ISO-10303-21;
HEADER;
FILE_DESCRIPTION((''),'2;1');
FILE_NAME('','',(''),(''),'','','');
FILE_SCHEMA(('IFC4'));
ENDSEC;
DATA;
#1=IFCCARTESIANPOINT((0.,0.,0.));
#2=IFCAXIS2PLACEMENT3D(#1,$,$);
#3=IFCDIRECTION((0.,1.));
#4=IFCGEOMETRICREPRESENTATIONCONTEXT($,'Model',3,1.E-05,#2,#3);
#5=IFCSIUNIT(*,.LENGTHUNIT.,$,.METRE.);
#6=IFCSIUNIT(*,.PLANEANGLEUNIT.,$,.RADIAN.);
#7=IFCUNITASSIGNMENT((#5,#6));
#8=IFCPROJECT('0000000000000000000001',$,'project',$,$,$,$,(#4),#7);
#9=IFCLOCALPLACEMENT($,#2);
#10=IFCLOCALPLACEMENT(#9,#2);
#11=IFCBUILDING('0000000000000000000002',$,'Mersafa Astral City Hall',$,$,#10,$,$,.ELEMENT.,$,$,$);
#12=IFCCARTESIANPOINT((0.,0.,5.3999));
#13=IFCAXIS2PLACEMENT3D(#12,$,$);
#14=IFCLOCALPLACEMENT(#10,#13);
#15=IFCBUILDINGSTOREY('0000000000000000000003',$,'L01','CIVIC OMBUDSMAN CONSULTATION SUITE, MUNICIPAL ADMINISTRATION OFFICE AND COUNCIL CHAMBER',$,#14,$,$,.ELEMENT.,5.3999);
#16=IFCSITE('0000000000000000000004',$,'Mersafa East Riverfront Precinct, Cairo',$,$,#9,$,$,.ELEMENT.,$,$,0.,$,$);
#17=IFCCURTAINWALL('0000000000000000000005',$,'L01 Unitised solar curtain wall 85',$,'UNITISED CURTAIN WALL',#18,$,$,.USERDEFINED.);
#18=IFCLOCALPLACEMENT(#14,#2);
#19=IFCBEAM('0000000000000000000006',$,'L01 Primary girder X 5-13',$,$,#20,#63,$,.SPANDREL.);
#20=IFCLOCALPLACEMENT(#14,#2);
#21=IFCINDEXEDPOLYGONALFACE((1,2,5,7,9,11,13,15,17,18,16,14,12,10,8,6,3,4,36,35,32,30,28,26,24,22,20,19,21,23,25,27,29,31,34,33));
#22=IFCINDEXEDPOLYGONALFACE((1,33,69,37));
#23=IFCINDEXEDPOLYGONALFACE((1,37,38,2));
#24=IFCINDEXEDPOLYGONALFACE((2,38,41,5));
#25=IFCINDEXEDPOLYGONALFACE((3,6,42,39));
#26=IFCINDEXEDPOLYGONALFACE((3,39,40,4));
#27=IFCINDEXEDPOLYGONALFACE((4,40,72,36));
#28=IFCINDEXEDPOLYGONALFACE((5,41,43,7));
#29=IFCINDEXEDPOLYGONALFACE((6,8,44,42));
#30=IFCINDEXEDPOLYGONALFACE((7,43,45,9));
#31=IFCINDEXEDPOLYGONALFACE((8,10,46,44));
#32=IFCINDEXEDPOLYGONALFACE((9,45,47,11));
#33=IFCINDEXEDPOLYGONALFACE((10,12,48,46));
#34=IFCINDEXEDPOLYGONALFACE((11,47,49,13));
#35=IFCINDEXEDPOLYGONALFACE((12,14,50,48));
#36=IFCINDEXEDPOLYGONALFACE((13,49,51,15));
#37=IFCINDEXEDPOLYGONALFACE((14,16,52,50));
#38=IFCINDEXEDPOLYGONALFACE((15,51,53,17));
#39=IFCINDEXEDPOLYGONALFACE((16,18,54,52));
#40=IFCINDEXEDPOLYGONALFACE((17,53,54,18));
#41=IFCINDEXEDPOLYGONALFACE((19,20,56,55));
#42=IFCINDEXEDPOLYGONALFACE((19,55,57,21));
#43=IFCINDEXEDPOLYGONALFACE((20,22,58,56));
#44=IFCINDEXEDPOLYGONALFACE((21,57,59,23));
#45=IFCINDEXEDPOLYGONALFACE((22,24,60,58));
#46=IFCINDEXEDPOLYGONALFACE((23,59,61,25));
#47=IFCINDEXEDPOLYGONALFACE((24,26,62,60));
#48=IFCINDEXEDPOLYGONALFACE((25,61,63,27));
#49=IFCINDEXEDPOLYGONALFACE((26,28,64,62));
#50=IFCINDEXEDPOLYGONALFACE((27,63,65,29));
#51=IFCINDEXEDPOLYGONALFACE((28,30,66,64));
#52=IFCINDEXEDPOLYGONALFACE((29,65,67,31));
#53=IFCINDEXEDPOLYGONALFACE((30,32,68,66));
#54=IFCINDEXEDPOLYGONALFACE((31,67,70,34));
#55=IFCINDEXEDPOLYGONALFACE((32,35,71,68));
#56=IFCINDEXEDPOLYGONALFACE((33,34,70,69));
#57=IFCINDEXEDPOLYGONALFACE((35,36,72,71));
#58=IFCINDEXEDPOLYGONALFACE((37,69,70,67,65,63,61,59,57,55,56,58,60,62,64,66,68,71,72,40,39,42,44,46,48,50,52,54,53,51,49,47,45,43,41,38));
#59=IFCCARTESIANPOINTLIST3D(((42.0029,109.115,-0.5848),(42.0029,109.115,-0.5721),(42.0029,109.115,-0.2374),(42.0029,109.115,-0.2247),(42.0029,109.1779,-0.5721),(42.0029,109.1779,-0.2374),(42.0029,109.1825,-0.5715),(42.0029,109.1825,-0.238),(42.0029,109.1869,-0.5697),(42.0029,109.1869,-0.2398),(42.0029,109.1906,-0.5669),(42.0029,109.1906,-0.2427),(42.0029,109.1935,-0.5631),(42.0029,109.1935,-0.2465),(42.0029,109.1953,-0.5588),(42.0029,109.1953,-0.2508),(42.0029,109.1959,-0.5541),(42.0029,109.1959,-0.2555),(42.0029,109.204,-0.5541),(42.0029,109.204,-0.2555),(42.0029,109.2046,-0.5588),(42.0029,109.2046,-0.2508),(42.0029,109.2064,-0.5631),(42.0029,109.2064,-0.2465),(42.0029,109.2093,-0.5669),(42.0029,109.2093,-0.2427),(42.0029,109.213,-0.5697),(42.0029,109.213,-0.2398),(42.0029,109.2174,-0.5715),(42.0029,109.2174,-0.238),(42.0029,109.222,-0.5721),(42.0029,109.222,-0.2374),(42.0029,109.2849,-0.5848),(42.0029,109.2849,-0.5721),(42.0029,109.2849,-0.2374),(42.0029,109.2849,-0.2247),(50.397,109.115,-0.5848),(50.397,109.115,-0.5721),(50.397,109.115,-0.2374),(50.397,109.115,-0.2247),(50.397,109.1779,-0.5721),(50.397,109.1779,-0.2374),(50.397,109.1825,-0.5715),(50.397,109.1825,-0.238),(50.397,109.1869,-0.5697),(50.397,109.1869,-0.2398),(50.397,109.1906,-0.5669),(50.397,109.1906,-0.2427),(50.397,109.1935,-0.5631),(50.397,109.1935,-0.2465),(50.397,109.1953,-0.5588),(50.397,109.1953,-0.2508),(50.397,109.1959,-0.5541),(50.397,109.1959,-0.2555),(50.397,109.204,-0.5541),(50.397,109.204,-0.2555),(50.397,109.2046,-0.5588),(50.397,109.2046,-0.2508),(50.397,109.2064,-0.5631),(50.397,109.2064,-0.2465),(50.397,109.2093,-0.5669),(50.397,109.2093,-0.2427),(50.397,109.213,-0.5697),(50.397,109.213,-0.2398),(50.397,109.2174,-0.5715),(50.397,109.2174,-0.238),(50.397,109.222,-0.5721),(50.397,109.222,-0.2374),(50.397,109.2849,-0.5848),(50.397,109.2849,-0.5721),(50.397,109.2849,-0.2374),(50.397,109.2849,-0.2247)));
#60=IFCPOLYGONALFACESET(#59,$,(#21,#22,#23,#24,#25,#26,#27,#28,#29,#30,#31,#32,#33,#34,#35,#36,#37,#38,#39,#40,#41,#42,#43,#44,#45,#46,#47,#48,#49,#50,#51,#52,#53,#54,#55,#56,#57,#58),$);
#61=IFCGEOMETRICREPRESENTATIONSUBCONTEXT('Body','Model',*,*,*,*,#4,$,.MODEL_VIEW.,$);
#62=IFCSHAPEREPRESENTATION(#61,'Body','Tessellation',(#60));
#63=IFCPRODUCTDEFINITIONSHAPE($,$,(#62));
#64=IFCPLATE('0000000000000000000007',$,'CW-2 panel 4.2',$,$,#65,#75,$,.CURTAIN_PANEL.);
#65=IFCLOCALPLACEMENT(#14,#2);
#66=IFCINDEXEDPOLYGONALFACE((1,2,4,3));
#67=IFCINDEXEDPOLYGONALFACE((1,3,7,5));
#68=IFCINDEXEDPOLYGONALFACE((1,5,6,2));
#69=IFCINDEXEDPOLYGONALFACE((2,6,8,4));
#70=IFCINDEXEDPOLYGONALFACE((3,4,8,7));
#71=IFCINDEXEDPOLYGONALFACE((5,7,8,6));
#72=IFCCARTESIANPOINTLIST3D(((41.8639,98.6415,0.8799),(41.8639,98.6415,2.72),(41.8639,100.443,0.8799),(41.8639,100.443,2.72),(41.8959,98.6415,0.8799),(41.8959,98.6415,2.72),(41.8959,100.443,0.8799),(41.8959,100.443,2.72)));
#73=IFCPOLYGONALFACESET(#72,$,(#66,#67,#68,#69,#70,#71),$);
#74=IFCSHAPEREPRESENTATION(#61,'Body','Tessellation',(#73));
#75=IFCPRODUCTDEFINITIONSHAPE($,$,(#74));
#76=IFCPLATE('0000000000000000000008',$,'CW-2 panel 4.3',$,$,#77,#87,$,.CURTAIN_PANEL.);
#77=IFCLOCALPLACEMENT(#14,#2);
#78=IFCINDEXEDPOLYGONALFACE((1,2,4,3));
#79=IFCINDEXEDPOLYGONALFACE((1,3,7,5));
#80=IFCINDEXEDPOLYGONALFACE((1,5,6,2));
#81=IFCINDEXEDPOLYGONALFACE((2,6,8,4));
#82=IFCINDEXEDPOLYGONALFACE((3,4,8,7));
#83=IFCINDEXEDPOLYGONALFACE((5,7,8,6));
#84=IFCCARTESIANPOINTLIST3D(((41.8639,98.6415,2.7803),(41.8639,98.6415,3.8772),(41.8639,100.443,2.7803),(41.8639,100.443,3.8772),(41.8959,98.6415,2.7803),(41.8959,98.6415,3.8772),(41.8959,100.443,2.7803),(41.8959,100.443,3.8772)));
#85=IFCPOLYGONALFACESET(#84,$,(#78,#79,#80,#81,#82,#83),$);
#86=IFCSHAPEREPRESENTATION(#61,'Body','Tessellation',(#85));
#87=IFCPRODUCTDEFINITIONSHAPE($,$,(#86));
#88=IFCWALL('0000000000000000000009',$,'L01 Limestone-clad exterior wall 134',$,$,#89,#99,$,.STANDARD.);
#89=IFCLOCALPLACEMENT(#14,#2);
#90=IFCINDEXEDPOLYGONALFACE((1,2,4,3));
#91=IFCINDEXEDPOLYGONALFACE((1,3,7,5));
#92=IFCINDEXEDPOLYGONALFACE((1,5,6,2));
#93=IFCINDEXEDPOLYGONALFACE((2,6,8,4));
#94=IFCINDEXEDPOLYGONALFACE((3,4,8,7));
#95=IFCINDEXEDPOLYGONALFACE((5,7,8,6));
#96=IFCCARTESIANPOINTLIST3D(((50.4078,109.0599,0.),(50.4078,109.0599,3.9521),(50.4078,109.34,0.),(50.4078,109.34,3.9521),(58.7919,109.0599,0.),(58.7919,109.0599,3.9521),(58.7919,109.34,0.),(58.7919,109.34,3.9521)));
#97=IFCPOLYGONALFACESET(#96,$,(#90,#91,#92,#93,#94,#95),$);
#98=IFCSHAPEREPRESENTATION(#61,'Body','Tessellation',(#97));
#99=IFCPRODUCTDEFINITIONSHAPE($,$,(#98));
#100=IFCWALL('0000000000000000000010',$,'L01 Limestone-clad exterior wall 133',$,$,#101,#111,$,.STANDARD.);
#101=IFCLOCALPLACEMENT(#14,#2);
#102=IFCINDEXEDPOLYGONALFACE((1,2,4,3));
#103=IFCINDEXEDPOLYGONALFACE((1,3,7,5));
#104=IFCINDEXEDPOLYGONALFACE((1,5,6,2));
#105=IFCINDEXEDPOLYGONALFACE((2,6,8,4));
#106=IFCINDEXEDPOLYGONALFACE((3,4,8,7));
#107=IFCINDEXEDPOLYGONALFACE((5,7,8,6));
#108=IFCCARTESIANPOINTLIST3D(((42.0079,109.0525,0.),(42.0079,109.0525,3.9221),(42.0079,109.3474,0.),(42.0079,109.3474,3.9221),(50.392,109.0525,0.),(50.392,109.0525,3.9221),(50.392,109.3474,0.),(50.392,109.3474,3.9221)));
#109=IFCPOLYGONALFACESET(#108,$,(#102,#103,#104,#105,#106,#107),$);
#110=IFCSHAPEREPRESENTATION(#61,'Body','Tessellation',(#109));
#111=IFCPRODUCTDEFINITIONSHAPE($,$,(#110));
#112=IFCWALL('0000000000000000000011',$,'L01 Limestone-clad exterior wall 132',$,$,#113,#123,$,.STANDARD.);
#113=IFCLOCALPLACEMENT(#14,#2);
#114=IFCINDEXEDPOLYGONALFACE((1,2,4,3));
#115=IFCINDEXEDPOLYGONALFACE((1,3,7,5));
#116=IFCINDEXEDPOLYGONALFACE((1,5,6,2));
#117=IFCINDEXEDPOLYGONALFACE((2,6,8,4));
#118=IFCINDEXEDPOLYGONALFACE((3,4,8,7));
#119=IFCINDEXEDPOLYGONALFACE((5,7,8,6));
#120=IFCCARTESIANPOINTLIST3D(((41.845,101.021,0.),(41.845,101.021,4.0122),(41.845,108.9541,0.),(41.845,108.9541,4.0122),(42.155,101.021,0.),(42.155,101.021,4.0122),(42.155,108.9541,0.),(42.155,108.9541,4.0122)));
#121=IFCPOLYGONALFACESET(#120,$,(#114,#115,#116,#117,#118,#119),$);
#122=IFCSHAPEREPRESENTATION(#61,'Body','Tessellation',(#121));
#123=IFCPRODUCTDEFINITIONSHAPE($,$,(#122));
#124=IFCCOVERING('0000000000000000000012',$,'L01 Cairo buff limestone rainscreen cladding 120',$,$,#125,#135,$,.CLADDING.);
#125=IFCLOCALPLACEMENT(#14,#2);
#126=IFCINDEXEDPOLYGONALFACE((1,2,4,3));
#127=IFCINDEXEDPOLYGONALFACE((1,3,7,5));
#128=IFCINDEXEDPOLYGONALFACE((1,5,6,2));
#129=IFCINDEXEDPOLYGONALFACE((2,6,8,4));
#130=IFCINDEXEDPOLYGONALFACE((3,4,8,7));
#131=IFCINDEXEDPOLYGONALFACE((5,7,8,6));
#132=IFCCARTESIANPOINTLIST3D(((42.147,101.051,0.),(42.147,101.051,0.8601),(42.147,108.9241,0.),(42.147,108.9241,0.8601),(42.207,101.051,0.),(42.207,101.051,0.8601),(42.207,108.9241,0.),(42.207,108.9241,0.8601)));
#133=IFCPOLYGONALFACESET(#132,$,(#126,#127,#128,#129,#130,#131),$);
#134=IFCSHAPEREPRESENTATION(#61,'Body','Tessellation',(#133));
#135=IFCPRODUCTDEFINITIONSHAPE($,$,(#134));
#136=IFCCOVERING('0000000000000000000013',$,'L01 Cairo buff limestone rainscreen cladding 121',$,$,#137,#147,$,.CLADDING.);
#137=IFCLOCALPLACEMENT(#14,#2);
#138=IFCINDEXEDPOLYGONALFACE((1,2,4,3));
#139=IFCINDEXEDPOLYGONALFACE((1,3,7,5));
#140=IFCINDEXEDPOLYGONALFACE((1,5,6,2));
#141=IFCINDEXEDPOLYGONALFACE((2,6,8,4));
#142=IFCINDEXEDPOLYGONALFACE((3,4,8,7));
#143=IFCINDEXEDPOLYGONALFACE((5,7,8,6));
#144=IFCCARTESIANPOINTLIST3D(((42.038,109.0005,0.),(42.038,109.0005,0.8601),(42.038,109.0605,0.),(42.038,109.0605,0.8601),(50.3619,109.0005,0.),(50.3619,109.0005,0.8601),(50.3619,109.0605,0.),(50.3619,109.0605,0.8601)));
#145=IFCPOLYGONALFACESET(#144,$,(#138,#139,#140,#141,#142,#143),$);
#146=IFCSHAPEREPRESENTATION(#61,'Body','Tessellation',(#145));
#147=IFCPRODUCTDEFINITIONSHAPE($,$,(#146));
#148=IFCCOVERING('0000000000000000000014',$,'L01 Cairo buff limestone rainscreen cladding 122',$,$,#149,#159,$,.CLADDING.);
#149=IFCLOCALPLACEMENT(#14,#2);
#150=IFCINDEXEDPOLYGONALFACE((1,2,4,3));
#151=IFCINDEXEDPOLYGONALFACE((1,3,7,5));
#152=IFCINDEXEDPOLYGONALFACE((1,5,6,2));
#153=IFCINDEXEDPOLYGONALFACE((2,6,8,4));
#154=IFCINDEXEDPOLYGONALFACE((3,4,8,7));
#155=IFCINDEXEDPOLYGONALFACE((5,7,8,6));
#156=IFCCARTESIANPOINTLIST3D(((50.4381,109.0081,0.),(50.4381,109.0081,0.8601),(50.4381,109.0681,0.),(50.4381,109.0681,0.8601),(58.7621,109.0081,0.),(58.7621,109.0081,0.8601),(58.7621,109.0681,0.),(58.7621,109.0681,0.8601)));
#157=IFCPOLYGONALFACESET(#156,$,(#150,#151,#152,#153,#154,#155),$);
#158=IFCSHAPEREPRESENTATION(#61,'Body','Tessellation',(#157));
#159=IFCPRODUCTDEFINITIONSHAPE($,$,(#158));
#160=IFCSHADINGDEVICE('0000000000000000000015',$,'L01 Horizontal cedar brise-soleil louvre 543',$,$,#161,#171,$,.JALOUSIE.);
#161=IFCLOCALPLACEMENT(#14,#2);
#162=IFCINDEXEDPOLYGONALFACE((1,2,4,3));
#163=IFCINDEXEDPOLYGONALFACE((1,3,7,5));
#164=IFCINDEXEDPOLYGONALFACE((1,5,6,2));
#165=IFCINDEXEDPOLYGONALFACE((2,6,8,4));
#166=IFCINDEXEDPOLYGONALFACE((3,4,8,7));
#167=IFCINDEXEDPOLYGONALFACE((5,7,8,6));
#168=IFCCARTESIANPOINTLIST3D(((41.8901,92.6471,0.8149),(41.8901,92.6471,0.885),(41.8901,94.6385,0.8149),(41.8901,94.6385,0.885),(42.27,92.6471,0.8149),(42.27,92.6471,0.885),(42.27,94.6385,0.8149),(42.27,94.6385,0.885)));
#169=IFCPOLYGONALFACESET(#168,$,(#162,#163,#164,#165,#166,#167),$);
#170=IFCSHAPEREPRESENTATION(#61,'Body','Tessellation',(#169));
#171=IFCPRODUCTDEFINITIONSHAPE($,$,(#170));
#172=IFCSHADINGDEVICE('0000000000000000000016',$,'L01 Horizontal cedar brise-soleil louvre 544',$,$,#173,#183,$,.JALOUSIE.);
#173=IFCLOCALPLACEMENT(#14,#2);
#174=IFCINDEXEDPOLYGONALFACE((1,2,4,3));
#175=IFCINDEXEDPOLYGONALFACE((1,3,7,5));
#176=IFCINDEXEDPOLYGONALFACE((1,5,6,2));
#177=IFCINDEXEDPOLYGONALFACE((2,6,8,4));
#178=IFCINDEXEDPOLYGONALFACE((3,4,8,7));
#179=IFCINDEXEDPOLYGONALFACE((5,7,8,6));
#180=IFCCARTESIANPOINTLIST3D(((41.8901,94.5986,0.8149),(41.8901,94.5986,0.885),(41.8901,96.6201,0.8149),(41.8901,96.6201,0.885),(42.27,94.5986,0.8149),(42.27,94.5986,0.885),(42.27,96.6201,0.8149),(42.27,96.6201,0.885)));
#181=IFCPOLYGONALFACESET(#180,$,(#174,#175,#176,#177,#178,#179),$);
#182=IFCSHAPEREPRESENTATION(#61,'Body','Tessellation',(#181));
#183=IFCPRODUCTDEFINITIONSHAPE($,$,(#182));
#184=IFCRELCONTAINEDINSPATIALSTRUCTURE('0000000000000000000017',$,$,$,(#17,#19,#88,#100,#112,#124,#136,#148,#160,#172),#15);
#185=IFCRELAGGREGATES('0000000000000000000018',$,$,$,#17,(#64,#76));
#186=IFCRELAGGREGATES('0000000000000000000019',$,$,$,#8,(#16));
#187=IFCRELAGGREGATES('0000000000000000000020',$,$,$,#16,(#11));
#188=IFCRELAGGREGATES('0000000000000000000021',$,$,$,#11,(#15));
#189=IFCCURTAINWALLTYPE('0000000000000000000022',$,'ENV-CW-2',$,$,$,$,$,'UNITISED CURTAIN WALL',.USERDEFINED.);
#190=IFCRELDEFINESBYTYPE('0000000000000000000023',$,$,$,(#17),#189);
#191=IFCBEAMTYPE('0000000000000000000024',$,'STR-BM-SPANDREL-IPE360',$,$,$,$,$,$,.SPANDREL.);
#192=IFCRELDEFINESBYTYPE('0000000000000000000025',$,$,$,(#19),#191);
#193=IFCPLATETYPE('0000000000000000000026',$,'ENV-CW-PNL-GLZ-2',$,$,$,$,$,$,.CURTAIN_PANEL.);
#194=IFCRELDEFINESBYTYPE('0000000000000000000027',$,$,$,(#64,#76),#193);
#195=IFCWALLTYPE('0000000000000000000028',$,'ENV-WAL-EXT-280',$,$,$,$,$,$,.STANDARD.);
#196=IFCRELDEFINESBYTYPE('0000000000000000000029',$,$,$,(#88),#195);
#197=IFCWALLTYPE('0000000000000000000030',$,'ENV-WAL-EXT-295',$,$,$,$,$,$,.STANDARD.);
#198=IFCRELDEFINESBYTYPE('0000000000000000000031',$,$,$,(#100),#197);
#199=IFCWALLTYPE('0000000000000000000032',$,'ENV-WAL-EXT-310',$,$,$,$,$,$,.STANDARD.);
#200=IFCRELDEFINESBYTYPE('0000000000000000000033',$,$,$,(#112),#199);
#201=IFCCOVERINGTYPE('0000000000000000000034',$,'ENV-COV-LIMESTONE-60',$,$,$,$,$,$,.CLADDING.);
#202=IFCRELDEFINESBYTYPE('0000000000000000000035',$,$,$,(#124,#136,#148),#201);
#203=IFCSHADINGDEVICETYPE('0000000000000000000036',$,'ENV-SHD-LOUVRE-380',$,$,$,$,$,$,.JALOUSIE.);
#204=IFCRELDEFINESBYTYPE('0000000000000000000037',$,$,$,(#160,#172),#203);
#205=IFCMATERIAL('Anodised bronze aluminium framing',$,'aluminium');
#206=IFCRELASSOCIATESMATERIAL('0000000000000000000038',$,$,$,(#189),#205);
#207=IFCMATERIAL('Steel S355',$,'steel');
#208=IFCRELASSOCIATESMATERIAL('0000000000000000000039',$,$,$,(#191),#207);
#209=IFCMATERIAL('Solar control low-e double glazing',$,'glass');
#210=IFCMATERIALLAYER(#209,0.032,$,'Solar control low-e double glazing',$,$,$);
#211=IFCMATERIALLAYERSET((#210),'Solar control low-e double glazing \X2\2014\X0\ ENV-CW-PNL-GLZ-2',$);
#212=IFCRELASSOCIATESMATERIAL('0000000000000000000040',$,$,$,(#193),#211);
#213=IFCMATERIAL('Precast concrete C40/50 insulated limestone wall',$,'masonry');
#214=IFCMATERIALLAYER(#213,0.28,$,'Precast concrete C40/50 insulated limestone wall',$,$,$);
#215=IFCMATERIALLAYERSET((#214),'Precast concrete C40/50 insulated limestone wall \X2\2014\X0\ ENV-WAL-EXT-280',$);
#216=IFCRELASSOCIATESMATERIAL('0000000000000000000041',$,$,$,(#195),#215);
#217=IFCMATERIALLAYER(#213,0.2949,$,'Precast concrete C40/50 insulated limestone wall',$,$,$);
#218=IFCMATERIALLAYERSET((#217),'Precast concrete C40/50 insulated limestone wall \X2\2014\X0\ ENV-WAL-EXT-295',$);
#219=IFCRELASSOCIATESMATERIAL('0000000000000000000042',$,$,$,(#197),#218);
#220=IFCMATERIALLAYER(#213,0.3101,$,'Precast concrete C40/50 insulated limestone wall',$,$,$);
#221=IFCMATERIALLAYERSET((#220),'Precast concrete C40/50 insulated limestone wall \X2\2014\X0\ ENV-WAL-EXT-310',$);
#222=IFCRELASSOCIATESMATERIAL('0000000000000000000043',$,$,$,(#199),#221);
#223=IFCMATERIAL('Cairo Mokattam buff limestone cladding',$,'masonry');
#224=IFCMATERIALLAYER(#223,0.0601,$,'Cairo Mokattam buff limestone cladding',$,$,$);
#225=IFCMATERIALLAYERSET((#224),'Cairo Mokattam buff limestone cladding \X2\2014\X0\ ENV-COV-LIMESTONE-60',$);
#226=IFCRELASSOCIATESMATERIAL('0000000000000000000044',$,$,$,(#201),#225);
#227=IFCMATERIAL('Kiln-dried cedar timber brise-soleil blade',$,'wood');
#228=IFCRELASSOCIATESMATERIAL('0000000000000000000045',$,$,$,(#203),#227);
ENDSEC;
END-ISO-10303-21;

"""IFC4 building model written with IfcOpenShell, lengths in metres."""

from ifc_helpers import new_model, si_unit, direction, frame, frame_2d, origin, origin_2d, place, context, subcontext, project, spatial, rectangle, i_section, extrude, material, layer, layer_set, material_profile, profile_set, type_object, element, aggregate, save


model = new_model("IFC4")

# Units and contexts
model_context = context("Model", 3, precision=1e-05, world=origin(), true_north=direction((0.0, 1.0)))
body_context = subcontext(model_context, "Body", "Model", "MODEL_VIEW")
ifc_project = project(units=[si_unit("LENGTHUNIT", "METRE"), si_unit("PLANEANGLEUNIT", "RADIAN")], contexts=[model_context])

# Site, building, storey
site_placement = place(None, origin())
site = spatial("IfcSite", under=ifc_project, at=site_placement, Name="Mersafa East Riverfront Precinct, Cairo", CompositionType="ELEMENT", RefElevation=0.0)
building_placement = place(site_placement, origin())
building = spatial("IfcBuilding", under=site, at=building_placement, Name="Mersafa Astral City Hall", CompositionType="ELEMENT")
storey_placement = place(building_placement, frame((0.0, 0.0, 5.3999)))
storey = spatial("IfcBuildingStorey", under=building, at=storey_placement, Name="L01", Description="CIVIC OMBUDSMAN CONSULTATION SUITE, MUNICIPAL ADMINISTRATION OFFICE AND COUNCIL CHAMBER", CompositionType="ELEMENT", Elevation=5.3999)

# Shared definitions
ifc_material_1 = material(Name="Steel S355", Category="steel")

# Curtain wall
ifc_material_2 = material(Name="Anodised bronze aluminium framing", Category="aluminium")
curtain_wall_type_1 = type_object("IfcCurtainWallType", Name="ENV-CW-2", ElementType="UNITISED CURTAIN WALL", PredefinedType="USERDEFINED", material=ifc_material_2)
curtain_wall_1_placement = place(storey_placement, origin())
curtain_wall_1 = element("IfcCurtainWall", 1, at=curtain_wall_1_placement, inside=storey, type_object=curtain_wall_type_1, Name="L01 Unitised solar curtain wall 85", ObjectType="UNITISED CURTAIN WALL", PredefinedType="USERDEFINED")

# Beam
ifc_material_profile_1 = material_profile(ifc_material_1, i_section(OverallWidth=0.1699, OverallDepth=0.3601, WebThickness=0.0081, FlangeThickness=0.0127, FilletRadius=0.0181, at=origin_2d()), Name="IPE 360")
ifc_profile_set_1 = profile_set([ifc_material_profile_1], Name="Steel S355")
beam_type_1 = type_object("IfcBeamType", Name="STR-BM-SPANDREL-IPE360", PredefinedType="SPANDREL", material=ifc_profile_set_1)
beam_1_placement = place(storey_placement, frame((42.0029, 109.2, -0.4048), z_axis=(1.0, 0.0, 0.0), x_axis=(0.0, 1.0, 0.0)))
element("IfcBeam", 2, at=beam_1_placement, inside=storey, type_object=beam_type_1, Name="L01 Primary girder X 5-13", PredefinedType="SPANDREL", context=body_context, shape_type="SweptSolid", body=[
    extrude(i_section(OverallWidth=0.1699, OverallDepth=0.3601, WebThickness=0.0081, FlangeThickness=0.0127, FilletRadius=0.0181, at=origin_2d()), origin(), (0.0, 0.0, 1.0), 8.394),
])

# Plates
ifc_material_3 = material(Name="Solar control low-e double glazing", Category="glass")
ifc_layer_1 = layer(ifc_material_3, 0.032, Name="Solar control low-e double glazing")
ifc_layer_set_1 = layer_set([ifc_layer_1], Name="Solar control low-e double glazing — ENV-CW-PNL-GLZ-2")
plate_type = type_object("IfcPlateType", Name="ENV-CW-PNL-GLZ-2", PredefinedType="CURTAIN_PANEL", material=ifc_layer_set_1)
plate_1_placement = place(storey_placement, frame((41.8799, 99.5422, 0.8799), z_axis=(0.0, 0.0, 1.0), x_axis=(0.0, 1.0, 0.0)))
plate_1 = element("IfcPlate", 3, at=plate_1_placement, type_object=plate_type, Name="CW-2 panel 4.2", PredefinedType="CURTAIN_PANEL", context=body_context, shape_type="SweptSolid", body=[
    extrude(rectangle(XDim=1.8015, YDim=0.032, at=origin_2d()), origin(), (0.0, 0.0, 1.0), 1.8401),
])
plate_2_placement = place(storey_placement, frame((41.8799, 99.5422, 2.7803), z_axis=(0.0, 0.0, 1.0), x_axis=(0.0, 1.0, 0.0)))
plate_2 = element("IfcPlate", 4, at=plate_2_placement, type_object=plate_type, Name="CW-2 panel 4.3", PredefinedType="CURTAIN_PANEL", context=body_context, shape_type="SweptSolid", body=[
    extrude(rectangle(XDim=1.8015, YDim=0.032, at=origin_2d()), origin(), (0.0, 0.0, 1.0), 1.0969),
])
aggregate(curtain_wall_1, [plate_1, plate_2])

# Walls
ifc_material_4 = material(Name="Precast concrete C40/50 insulated limestone wall", Category="masonry")
ifc_layer_2 = layer(ifc_material_4, 0.28, Name="Precast concrete C40/50 insulated limestone wall")
ifc_layer_set_2 = layer_set([ifc_layer_2], Name="Precast concrete C40/50 insulated limestone wall — ENV-WAL-EXT-280")
wall_type_1 = type_object("IfcWallType", Name="ENV-WAL-EXT-280", PredefinedType="STANDARD", material=ifc_layer_set_2)
wall_1_placement = place(storey_placement, frame((50.408, 109.2, 0.0), z_axis=(0.0, 0.0, 1.0), x_axis=(1.0, 0.0, 0.0)))
element("IfcWall", 5, at=wall_1_placement, inside=storey, type_object=wall_type_1, Name="L01 Limestone-clad exterior wall 134", PredefinedType="STANDARD", context=body_context, shape_type="SweptSolid", body=[
    extrude(rectangle(XDim=8.384, YDim=0.28, at=frame_2d((4.1919, 0.0))), origin(), (0.0, 0.0, 1.0), 3.9521),
])
ifc_layer_3 = layer(ifc_material_4, 0.2949, Name="Precast concrete C40/50 insulated limestone wall")
ifc_layer_set_3 = layer_set([ifc_layer_3], Name="Precast concrete C40/50 insulated limestone wall — ENV-WAL-EXT-295")
wall_type_2 = type_object("IfcWallType", Name="ENV-WAL-EXT-295", PredefinedType="STANDARD", material=ifc_layer_set_3)
wall_2_placement = place(storey_placement, frame((42.0081, 109.2, 0.0), z_axis=(0.0, 0.0, 1.0), x_axis=(1.0, 0.0, 0.0)))
element("IfcWall", 6, at=wall_2_placement, inside=storey, type_object=wall_type_2, Name="L01 Limestone-clad exterior wall 133", PredefinedType="STANDARD", context=body_context, shape_type="SweptSolid", body=[
    extrude(rectangle(XDim=8.384, YDim=0.2949, at=frame_2d((4.1919, 0.0))), origin(), (0.0, 0.0, 1.0), 3.9221),
])
ifc_layer_4 = layer(ifc_material_4, 0.3101, Name="Precast concrete C40/50 insulated limestone wall")
ifc_layer_set_4 = layer_set([ifc_layer_4], Name="Precast concrete C40/50 insulated limestone wall — ENV-WAL-EXT-310")
wall_type_3 = type_object("IfcWallType", Name="ENV-WAL-EXT-310", PredefinedType="STANDARD", material=ifc_layer_set_4)
wall_3_placement = place(storey_placement, frame((42.0, 101.021, 0.0), z_axis=(0.0, 0.0, 1.0), x_axis=(0.0, 1.0, 0.0)))
element("IfcWall", 7, at=wall_3_placement, inside=storey, type_object=wall_type_3, Name="L01 Limestone-clad exterior wall 132", PredefinedType="STANDARD", context=body_context, shape_type="SweptSolid", body=[
    extrude(rectangle(XDim=7.9331, YDim=0.3101, at=frame_2d((3.9666, 0.0))), origin(), (0.0, 0.0, 1.0), 4.0122),
])

# Coverings
ifc_material_5 = material(Name="Cairo Mokattam buff limestone cladding", Category="masonry")
ifc_layer_5 = layer(ifc_material_5, 0.0601, Name="Cairo Mokattam buff limestone cladding")
ifc_layer_set_5 = layer_set([ifc_layer_5], Name="Cairo Mokattam buff limestone cladding — ENV-COV-LIMESTONE-60")
covering_type = type_object("IfcCoveringType", Name="ENV-COV-LIMESTONE-60", PredefinedType="CLADDING", material=ifc_layer_set_5)
covering_placement = place(storey_placement, frame((42.177, 104.9875, 0.0), z_axis=(0.0, 0.0, 1.0), x_axis=(0.0, 1.0, 0.0)))
element("IfcCovering", 8, at=covering_placement, inside=storey, type_object=covering_type, Name="L01 Cairo buff limestone rainscreen cladding 120", PredefinedType="CLADDING", context=body_context, shape_type="SweptSolid", body=[
    extrude(rectangle(XDim=7.873, YDim=0.0601, at=origin_2d()), origin(), (0.0, 0.0, 1.0), 0.8601),
])
for number, where, z_axis, x_axis, name in (
    (9, (46.2, 109.0305, 0.0), (0.0, 0.0, 1.0), (1.0, 0.0, 0.0), "L01 Cairo buff limestone rainscreen cladding 121"),
    (10, (54.6001, 109.0381, 0.0), (0.0, 0.0, 1.0), (1.0, 0.0, 0.0), "L01 Cairo buff limestone rainscreen cladding 122"),
):
    element("IfcCovering", number, at=place(storey_placement, frame(where, z_axis=z_axis, x_axis=x_axis)), inside=storey, type_object=covering_type, Name=name, PredefinedType="CLADDING", context=body_context, shape_type="SweptSolid", body=[
        extrude(rectangle(XDim=8.324, YDim=0.0601, at=origin_2d()), origin(), (0.0, 0.0, 1.0), 0.8601),
    ])

# Shading devices
ifc_material_6 = material(Name="Kiln-dried cedar timber brise-soleil blade", Category="wood")
shading_device_type = type_object("IfcShadingDeviceType", Name="ENV-SHD-LOUVRE-380", PredefinedType="JALOUSIE", material=ifc_material_6)
shading_device_1_placement = place(storey_placement, frame((42.0801, 93.6428, 0.8149), z_axis=(0.0, 0.0, 1.0), x_axis=(0.0, 1.0, 0.0)))
element("IfcShadingDevice", 11, at=shading_device_1_placement, inside=storey, type_object=shading_device_type, Name="L01 Horizontal cedar brise-soleil louvre 543", PredefinedType="JALOUSIE", context=body_context, shape_type="SweptSolid", body=[
    extrude(rectangle(XDim=1.9915, YDim=0.3799, at=origin_2d()), origin(), (0.0, 0.0, 1.0), 0.0701),
])
for number, where, z_axis, x_axis, name in (
    (12, (42.0801, 95.6094, 0.8149), (0.0, 0.0, 1.0), (0.0, 1.0, 0.0), "L01 Horizontal cedar brise-soleil louvre 544"),
):
    element("IfcShadingDevice", number, at=place(storey_placement, frame(where, z_axis=z_axis, x_axis=x_axis)), inside=storey, type_object=shading_device_type, Name=name, PredefinedType="JALOUSIE", context=body_context, shape_type="SweptSolid", body=[
        extrude(rectangle(XDim=2.0215, YDim=0.3799, at=origin_2d()), origin(), (0.0, 0.0, 1.0), 0.0701),
    ])

save(model, "model.ifc")
